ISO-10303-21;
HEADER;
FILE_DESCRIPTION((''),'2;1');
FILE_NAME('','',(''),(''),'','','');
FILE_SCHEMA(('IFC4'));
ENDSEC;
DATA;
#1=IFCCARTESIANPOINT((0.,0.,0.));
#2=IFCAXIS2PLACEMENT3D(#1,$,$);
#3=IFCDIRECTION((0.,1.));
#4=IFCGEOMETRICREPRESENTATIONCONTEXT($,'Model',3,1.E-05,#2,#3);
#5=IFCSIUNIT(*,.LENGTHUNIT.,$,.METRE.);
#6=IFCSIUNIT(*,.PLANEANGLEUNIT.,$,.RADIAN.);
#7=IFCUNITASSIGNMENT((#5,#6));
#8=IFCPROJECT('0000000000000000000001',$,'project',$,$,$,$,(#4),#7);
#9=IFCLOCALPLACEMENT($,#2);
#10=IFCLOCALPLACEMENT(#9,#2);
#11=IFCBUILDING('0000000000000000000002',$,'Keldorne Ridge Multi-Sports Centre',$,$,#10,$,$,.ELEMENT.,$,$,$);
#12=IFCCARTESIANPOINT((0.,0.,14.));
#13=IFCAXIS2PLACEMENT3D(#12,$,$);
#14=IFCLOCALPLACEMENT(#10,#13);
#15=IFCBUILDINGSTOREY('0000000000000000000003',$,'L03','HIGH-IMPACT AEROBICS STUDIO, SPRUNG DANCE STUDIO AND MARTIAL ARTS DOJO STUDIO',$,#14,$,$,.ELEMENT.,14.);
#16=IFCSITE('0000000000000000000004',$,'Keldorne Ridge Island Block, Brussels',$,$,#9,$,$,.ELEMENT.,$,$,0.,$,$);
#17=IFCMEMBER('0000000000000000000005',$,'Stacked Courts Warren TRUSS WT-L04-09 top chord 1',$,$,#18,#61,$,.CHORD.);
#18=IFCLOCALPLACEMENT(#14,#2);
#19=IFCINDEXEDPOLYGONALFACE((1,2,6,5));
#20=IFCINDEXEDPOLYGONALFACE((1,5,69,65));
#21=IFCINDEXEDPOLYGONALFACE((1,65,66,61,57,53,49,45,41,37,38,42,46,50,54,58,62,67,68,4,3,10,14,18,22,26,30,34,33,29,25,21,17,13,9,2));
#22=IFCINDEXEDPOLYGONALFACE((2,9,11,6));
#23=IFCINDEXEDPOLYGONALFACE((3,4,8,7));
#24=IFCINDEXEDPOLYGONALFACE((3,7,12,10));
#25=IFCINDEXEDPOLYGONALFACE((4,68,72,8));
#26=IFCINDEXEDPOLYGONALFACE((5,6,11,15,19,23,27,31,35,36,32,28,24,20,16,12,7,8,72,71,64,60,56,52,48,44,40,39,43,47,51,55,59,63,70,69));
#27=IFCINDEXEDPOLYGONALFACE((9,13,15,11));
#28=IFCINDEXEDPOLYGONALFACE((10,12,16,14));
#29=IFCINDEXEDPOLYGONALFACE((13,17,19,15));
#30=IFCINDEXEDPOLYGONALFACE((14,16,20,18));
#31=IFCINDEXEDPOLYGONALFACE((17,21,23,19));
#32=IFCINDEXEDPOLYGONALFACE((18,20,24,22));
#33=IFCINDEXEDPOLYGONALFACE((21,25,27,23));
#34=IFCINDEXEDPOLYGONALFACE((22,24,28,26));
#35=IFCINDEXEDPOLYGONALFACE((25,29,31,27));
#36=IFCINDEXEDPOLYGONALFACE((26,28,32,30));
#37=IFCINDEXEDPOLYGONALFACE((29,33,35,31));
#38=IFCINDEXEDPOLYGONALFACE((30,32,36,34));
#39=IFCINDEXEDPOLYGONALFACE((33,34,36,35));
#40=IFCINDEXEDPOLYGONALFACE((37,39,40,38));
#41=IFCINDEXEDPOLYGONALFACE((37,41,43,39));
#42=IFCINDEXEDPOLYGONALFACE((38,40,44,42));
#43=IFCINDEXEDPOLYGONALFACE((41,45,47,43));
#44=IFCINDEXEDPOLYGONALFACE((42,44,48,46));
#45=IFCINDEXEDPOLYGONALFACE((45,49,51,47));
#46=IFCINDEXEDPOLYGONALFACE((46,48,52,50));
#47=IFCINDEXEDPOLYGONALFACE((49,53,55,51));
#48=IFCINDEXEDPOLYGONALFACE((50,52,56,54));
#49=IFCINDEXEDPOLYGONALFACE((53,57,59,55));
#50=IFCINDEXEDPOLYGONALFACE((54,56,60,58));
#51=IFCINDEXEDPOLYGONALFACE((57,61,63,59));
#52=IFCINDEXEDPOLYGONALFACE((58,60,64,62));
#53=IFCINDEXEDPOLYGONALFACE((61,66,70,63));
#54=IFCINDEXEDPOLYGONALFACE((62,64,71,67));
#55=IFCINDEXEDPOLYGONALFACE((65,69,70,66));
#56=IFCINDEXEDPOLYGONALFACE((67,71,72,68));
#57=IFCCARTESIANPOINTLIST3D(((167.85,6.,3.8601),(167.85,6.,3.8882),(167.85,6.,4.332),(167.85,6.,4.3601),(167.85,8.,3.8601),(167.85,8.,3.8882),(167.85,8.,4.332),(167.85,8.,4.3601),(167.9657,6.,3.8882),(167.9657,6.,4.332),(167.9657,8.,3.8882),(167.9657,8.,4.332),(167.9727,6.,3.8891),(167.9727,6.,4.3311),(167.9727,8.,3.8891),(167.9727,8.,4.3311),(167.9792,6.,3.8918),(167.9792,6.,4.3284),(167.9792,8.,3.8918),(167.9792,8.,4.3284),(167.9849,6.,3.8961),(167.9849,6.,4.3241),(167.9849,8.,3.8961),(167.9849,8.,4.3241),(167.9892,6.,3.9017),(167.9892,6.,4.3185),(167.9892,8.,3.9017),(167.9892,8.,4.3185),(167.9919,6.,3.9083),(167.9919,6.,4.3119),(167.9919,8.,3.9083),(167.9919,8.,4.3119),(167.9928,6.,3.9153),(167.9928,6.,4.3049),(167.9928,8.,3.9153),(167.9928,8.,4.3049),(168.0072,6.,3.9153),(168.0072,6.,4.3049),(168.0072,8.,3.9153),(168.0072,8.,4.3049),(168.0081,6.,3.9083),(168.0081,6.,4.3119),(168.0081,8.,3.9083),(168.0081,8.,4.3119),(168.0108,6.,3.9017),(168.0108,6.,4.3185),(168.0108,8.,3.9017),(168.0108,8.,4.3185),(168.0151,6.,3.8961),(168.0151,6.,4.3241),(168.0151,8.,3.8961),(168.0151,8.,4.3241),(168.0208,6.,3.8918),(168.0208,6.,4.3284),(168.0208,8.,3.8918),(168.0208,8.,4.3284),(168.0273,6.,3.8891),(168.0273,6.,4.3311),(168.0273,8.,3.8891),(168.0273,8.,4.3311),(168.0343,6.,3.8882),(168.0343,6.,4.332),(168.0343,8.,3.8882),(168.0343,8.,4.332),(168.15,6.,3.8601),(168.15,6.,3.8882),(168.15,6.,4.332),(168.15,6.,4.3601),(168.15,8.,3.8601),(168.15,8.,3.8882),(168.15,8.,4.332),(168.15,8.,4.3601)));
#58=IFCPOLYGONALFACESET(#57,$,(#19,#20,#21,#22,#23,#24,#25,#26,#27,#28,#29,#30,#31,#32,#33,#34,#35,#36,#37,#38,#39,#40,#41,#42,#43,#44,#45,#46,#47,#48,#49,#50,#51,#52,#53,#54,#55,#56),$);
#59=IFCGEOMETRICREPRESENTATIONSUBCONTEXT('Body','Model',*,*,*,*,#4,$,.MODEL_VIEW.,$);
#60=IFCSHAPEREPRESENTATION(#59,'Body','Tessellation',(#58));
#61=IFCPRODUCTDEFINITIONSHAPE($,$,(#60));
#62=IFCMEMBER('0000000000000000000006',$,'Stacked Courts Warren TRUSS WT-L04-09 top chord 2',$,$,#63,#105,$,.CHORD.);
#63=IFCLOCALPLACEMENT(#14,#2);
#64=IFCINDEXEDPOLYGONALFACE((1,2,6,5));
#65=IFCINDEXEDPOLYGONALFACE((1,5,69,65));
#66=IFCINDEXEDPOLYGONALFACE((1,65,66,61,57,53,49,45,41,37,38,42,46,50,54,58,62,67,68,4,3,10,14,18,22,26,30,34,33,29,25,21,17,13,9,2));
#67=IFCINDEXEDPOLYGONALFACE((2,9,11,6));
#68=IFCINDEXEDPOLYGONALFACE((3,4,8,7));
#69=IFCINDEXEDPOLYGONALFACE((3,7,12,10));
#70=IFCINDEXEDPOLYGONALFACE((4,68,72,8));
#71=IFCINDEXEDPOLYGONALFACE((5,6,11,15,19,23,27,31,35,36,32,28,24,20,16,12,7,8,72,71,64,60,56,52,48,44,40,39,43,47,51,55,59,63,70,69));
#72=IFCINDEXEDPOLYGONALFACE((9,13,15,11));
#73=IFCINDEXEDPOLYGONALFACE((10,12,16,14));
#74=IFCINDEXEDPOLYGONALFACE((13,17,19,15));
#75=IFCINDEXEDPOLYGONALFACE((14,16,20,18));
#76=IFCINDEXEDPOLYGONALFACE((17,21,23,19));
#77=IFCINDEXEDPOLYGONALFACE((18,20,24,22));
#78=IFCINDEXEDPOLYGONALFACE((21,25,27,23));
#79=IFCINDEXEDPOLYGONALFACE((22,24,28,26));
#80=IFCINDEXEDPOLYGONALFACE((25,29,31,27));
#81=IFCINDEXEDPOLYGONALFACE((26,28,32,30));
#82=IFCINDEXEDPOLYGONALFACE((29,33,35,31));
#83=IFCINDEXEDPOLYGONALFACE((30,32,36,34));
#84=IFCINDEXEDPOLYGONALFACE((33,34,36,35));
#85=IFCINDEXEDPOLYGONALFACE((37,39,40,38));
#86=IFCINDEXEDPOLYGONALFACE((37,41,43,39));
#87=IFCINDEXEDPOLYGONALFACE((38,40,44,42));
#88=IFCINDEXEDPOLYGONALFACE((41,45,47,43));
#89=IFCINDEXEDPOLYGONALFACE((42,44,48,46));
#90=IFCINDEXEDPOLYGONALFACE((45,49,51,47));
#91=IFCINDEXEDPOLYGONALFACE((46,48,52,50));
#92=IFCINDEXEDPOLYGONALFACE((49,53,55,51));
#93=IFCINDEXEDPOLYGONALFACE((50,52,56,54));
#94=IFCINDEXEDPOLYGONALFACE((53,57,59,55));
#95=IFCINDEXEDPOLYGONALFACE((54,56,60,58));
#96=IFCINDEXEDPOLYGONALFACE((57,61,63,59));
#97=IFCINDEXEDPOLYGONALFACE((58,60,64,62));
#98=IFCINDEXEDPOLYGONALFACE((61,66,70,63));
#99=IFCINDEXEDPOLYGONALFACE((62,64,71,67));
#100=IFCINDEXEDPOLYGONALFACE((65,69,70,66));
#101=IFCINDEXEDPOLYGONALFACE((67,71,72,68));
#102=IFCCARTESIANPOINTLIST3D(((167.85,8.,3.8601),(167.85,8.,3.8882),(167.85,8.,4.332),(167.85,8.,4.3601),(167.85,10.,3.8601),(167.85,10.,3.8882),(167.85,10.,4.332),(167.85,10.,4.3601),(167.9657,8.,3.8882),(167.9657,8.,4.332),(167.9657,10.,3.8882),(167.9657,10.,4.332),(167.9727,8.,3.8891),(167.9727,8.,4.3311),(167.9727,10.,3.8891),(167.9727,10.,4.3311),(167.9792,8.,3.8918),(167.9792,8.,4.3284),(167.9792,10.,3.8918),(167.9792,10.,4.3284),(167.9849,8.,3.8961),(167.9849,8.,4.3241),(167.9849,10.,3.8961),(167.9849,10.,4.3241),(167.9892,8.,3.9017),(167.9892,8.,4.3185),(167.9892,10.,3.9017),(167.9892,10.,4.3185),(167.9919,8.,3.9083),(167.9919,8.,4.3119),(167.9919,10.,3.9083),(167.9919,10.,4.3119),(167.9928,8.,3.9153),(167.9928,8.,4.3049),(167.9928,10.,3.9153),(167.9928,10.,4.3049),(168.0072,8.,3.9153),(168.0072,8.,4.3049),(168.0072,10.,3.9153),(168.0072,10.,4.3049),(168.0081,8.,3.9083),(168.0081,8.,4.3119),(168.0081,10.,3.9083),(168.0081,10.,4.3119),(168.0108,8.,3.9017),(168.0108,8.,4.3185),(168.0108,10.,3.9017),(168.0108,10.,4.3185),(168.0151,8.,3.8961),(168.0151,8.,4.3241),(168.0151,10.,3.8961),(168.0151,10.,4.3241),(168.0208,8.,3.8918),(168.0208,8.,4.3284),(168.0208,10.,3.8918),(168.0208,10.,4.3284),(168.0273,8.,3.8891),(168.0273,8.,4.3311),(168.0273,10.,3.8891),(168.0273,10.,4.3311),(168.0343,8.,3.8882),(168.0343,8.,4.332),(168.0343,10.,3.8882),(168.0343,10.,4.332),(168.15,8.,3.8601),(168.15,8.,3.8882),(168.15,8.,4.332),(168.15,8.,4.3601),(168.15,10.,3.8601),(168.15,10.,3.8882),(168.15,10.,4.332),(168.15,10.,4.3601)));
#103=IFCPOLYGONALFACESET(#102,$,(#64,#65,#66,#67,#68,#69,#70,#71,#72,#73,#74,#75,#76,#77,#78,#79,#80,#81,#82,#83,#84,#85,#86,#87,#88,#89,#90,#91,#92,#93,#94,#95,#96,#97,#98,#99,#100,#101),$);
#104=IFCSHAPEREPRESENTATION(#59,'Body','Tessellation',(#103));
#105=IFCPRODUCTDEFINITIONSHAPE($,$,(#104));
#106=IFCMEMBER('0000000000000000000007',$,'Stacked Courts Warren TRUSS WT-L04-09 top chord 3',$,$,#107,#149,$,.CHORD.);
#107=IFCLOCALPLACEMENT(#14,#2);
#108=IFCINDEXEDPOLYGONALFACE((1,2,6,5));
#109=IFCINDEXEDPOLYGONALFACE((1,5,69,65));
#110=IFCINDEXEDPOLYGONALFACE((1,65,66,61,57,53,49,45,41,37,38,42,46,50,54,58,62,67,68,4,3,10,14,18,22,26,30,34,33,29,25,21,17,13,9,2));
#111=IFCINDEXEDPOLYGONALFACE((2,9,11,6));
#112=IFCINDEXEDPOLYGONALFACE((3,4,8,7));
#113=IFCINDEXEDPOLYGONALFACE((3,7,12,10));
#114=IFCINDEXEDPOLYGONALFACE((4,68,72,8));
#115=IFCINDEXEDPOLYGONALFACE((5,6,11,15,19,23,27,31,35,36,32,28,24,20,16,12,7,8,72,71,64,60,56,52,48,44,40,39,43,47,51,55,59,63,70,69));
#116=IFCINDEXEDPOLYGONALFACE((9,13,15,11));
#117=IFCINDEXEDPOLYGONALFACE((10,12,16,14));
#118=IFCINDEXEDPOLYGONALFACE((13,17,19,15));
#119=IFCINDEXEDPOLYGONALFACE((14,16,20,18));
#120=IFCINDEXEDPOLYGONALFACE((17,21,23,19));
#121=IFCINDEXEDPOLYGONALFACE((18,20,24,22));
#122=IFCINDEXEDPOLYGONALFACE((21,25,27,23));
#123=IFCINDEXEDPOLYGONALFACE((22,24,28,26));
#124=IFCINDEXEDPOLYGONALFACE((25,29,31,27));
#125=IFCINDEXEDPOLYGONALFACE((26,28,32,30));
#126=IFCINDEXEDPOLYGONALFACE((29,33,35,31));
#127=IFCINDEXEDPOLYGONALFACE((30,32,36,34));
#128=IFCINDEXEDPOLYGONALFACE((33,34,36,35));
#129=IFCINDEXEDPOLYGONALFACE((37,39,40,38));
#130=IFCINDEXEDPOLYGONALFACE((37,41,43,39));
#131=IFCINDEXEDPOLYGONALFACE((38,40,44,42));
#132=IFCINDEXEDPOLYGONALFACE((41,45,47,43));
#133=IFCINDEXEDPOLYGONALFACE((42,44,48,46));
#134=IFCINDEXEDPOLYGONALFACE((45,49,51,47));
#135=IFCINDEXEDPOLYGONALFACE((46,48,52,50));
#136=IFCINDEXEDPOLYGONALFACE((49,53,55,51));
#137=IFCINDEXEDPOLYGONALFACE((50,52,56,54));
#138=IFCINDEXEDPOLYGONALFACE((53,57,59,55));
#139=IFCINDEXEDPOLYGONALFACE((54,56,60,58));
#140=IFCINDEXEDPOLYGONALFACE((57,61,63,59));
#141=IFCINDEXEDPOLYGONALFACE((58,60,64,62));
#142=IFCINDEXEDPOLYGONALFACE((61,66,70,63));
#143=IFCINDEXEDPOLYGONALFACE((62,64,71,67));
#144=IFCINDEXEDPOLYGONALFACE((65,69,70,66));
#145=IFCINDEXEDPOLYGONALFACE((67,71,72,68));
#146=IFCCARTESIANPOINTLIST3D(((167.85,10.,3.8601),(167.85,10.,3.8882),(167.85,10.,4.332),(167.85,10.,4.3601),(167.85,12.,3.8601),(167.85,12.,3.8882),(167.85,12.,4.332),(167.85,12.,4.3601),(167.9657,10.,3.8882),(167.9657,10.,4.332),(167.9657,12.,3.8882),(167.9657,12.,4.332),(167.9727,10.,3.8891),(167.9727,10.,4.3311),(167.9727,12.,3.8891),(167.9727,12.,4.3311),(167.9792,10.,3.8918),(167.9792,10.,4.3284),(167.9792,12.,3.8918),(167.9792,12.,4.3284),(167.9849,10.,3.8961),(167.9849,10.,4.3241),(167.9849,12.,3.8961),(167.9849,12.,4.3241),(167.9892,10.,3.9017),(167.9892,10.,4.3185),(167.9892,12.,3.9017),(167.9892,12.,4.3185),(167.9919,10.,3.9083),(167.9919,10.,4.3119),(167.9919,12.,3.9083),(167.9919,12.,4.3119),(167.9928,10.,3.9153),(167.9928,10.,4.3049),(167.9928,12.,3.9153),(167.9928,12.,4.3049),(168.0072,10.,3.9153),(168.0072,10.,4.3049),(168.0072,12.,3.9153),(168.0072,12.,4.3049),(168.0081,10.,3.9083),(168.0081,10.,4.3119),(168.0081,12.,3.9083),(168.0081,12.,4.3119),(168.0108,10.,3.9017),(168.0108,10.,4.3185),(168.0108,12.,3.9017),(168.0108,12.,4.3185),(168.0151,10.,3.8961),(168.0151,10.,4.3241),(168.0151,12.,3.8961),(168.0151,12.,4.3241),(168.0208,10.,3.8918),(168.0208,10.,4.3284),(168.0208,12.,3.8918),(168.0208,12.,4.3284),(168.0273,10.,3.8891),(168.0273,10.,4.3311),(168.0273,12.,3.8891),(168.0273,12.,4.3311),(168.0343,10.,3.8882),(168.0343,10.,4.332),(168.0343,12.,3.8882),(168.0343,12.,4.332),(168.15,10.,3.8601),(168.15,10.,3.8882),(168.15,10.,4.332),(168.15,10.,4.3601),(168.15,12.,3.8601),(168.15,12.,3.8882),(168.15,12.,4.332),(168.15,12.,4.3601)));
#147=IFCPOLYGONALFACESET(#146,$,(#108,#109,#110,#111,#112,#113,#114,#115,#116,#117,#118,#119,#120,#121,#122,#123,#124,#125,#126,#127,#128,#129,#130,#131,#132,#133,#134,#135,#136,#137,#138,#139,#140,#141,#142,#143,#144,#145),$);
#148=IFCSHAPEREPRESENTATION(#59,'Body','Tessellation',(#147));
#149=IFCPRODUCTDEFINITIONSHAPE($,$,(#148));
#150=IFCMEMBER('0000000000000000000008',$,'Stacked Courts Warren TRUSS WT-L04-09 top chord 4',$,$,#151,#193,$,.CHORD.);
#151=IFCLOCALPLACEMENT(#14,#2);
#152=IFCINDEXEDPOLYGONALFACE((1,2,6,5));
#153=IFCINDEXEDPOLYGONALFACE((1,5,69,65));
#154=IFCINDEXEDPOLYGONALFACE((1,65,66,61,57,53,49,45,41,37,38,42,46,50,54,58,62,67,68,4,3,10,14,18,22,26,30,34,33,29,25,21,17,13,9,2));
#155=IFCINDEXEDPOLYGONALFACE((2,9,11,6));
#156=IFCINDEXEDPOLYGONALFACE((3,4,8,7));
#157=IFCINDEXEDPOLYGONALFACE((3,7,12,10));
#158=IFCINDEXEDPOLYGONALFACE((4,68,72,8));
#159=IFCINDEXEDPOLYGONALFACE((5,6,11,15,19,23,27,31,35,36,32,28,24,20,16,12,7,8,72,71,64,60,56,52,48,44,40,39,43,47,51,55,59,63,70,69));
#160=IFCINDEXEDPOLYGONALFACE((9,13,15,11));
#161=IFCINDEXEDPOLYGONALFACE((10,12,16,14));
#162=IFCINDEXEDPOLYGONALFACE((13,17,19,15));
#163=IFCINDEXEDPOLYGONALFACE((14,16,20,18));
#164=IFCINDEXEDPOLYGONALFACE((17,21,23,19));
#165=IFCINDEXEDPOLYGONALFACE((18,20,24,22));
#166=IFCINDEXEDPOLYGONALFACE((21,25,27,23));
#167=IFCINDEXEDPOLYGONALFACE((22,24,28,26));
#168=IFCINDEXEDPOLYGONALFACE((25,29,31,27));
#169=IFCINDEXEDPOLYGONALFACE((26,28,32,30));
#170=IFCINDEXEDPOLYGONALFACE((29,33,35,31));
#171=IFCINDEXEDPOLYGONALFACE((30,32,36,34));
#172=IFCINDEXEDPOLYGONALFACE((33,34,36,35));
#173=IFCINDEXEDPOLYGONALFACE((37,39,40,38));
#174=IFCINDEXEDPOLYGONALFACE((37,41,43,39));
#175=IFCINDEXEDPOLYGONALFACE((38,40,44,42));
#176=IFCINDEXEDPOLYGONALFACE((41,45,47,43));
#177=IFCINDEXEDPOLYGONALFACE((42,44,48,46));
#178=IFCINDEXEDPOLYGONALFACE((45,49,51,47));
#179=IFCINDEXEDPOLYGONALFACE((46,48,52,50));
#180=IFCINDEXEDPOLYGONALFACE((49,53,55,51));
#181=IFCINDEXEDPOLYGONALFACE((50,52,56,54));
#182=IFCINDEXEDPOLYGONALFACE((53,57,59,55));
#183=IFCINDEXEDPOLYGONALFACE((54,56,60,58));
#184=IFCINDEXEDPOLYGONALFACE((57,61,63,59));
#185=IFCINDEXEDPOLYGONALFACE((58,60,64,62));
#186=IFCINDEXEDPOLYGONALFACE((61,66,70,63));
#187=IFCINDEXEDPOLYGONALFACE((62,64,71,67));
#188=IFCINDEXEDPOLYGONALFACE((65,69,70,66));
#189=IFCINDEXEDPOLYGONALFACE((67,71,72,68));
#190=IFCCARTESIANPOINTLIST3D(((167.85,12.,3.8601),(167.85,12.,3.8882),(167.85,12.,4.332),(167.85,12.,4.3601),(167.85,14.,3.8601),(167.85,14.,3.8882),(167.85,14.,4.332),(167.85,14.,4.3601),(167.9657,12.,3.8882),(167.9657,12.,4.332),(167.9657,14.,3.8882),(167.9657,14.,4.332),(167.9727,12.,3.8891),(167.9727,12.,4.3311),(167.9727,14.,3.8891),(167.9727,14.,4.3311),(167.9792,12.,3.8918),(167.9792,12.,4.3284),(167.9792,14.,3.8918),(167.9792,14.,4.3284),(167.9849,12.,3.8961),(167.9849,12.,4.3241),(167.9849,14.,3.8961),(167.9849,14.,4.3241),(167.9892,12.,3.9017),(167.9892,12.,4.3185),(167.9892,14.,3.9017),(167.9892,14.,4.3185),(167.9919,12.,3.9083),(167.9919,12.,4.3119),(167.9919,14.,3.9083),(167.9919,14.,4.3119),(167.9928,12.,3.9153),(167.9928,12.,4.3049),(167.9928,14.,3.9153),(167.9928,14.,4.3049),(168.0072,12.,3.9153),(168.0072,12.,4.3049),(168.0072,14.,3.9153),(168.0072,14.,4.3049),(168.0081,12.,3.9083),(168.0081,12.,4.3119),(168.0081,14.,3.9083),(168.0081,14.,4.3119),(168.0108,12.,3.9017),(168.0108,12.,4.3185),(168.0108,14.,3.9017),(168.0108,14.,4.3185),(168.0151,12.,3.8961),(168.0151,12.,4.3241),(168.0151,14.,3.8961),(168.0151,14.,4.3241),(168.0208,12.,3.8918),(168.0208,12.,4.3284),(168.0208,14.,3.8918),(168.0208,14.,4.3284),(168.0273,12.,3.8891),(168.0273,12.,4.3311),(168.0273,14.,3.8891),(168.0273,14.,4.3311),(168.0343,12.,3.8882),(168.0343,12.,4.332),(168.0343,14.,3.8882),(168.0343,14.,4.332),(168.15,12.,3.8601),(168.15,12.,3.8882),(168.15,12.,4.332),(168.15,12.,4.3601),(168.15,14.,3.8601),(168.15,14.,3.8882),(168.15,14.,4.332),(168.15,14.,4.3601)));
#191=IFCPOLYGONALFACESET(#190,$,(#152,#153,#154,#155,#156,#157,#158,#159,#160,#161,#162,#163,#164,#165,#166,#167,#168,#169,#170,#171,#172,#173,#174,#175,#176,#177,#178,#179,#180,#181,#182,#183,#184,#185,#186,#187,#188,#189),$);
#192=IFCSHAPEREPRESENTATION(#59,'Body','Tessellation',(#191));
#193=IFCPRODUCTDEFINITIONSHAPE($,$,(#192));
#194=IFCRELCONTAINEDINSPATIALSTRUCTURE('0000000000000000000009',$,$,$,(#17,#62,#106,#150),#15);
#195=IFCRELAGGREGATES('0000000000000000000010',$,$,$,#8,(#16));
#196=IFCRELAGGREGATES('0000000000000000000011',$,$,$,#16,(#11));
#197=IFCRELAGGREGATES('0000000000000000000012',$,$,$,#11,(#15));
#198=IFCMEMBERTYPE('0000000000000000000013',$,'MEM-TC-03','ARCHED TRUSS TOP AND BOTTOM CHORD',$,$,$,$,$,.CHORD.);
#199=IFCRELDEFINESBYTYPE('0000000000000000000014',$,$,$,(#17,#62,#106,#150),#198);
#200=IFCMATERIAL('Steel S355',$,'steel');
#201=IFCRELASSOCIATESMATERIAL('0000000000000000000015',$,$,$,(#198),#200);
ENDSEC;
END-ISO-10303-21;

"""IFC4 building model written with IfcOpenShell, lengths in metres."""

from ifc_helpers import new_model, si_unit, direction, frame, origin, origin_2d, place, context, subcontext, project, spatial, i_section, extrude, material, material_profile, profile_set, type_object, element, save


model = new_model("IFC4")

# Units and contexts
model_context = context("Model", 3, precision=1e-05, world=origin(), true_north=direction((0.0, 1.0)))
body_context = subcontext(model_context, "Body", "Model", "MODEL_VIEW")
ifc_project = project(units=[si_unit("LENGTHUNIT", "METRE"), si_unit("PLANEANGLEUNIT", "RADIAN")], contexts=[model_context])

# Site, building, storey
site_placement = place(None, origin())
site = spatial("IfcSite", under=ifc_project, at=site_placement, Name="Keldorne Ridge Island Block, Brussels", CompositionType="ELEMENT", RefElevation=0.0)
building_placement = place(site_placement, origin())
building = spatial("IfcBuilding", under=site, at=building_placement, Name="Keldorne Ridge Multi-Sports Centre", CompositionType="ELEMENT")
storey_placement = place(building_placement, frame((0.0, 0.0, 14.0)))
storey = spatial("IfcBuildingStorey", under=building, at=storey_placement, Name="L03", Description="HIGH-IMPACT AEROBICS STUDIO, SPRUNG DANCE STUDIO AND MARTIAL ARTS DOJO STUDIO", CompositionType="ELEMENT", Elevation=14.0)

# Shared definitions
ifc_material_1 = material(Name="Steel S355", Category="steel")

# Members
ifc_material_profile_1 = material_profile(ifc_material_1, i_section(OverallWidth=0.3, OverallDepth=0.5, WebThickness=0.0144, FlangeThickness=0.0281, FilletRadius=0.0271, at=origin_2d()), Name="HEB 500")
ifc_profile_set_1 = profile_set([ifc_material_profile_1], Name="Steel S355")
member_type_1 = type_object("IfcMemberType", Name="MEM-TC-03", Description="ARCHED TRUSS TOP AND BOTTOM CHORD", PredefinedType="CHORD", material=ifc_profile_set_1)
for number, where, z_axis, x_axis, name in (
    (1, (168.0, 6.0, 4.1101), (0.0, 1.0, 0.0), (-1.0, 0.0, 0.0), "Stacked Courts Warren TRUSS WT-L04-09 top chord 1"),
    (2, (168.0, 8.0, 4.1101), (0.0, 1.0, 0.0), (-1.0, 0.0, 0.0), "Stacked Courts Warren TRUSS WT-L04-09 top chord 2"),
    (3, (168.0, 10.0, 4.1101), (0.0, 1.0, 0.0), (-1.0, 0.0, 0.0), "Stacked Courts Warren TRUSS WT-L04-09 top chord 3"),
    (4, (168.0, 12.0, 4.1101), (0.0, 1.0, 0.0), (-1.0, 0.0, 0.0), "Stacked Courts Warren TRUSS WT-L04-09 top chord 4"),
):
    element("IfcMember", number, at=place(storey_placement, frame(where, z_axis=z_axis, x_axis=x_axis)), inside=storey, type_object=member_type_1, Name=name, PredefinedType="CHORD", context=body_context, shape_type="SweptSolid", body=[
        extrude(i_section(OverallWidth=0.3, OverallDepth=0.5, WebThickness=0.0144, FlangeThickness=0.0281, FilletRadius=0.0271, at=origin_2d()), origin(), (0.0, 0.0, 1.0), 2.0),
    ])

save(model, "model.ifc")
